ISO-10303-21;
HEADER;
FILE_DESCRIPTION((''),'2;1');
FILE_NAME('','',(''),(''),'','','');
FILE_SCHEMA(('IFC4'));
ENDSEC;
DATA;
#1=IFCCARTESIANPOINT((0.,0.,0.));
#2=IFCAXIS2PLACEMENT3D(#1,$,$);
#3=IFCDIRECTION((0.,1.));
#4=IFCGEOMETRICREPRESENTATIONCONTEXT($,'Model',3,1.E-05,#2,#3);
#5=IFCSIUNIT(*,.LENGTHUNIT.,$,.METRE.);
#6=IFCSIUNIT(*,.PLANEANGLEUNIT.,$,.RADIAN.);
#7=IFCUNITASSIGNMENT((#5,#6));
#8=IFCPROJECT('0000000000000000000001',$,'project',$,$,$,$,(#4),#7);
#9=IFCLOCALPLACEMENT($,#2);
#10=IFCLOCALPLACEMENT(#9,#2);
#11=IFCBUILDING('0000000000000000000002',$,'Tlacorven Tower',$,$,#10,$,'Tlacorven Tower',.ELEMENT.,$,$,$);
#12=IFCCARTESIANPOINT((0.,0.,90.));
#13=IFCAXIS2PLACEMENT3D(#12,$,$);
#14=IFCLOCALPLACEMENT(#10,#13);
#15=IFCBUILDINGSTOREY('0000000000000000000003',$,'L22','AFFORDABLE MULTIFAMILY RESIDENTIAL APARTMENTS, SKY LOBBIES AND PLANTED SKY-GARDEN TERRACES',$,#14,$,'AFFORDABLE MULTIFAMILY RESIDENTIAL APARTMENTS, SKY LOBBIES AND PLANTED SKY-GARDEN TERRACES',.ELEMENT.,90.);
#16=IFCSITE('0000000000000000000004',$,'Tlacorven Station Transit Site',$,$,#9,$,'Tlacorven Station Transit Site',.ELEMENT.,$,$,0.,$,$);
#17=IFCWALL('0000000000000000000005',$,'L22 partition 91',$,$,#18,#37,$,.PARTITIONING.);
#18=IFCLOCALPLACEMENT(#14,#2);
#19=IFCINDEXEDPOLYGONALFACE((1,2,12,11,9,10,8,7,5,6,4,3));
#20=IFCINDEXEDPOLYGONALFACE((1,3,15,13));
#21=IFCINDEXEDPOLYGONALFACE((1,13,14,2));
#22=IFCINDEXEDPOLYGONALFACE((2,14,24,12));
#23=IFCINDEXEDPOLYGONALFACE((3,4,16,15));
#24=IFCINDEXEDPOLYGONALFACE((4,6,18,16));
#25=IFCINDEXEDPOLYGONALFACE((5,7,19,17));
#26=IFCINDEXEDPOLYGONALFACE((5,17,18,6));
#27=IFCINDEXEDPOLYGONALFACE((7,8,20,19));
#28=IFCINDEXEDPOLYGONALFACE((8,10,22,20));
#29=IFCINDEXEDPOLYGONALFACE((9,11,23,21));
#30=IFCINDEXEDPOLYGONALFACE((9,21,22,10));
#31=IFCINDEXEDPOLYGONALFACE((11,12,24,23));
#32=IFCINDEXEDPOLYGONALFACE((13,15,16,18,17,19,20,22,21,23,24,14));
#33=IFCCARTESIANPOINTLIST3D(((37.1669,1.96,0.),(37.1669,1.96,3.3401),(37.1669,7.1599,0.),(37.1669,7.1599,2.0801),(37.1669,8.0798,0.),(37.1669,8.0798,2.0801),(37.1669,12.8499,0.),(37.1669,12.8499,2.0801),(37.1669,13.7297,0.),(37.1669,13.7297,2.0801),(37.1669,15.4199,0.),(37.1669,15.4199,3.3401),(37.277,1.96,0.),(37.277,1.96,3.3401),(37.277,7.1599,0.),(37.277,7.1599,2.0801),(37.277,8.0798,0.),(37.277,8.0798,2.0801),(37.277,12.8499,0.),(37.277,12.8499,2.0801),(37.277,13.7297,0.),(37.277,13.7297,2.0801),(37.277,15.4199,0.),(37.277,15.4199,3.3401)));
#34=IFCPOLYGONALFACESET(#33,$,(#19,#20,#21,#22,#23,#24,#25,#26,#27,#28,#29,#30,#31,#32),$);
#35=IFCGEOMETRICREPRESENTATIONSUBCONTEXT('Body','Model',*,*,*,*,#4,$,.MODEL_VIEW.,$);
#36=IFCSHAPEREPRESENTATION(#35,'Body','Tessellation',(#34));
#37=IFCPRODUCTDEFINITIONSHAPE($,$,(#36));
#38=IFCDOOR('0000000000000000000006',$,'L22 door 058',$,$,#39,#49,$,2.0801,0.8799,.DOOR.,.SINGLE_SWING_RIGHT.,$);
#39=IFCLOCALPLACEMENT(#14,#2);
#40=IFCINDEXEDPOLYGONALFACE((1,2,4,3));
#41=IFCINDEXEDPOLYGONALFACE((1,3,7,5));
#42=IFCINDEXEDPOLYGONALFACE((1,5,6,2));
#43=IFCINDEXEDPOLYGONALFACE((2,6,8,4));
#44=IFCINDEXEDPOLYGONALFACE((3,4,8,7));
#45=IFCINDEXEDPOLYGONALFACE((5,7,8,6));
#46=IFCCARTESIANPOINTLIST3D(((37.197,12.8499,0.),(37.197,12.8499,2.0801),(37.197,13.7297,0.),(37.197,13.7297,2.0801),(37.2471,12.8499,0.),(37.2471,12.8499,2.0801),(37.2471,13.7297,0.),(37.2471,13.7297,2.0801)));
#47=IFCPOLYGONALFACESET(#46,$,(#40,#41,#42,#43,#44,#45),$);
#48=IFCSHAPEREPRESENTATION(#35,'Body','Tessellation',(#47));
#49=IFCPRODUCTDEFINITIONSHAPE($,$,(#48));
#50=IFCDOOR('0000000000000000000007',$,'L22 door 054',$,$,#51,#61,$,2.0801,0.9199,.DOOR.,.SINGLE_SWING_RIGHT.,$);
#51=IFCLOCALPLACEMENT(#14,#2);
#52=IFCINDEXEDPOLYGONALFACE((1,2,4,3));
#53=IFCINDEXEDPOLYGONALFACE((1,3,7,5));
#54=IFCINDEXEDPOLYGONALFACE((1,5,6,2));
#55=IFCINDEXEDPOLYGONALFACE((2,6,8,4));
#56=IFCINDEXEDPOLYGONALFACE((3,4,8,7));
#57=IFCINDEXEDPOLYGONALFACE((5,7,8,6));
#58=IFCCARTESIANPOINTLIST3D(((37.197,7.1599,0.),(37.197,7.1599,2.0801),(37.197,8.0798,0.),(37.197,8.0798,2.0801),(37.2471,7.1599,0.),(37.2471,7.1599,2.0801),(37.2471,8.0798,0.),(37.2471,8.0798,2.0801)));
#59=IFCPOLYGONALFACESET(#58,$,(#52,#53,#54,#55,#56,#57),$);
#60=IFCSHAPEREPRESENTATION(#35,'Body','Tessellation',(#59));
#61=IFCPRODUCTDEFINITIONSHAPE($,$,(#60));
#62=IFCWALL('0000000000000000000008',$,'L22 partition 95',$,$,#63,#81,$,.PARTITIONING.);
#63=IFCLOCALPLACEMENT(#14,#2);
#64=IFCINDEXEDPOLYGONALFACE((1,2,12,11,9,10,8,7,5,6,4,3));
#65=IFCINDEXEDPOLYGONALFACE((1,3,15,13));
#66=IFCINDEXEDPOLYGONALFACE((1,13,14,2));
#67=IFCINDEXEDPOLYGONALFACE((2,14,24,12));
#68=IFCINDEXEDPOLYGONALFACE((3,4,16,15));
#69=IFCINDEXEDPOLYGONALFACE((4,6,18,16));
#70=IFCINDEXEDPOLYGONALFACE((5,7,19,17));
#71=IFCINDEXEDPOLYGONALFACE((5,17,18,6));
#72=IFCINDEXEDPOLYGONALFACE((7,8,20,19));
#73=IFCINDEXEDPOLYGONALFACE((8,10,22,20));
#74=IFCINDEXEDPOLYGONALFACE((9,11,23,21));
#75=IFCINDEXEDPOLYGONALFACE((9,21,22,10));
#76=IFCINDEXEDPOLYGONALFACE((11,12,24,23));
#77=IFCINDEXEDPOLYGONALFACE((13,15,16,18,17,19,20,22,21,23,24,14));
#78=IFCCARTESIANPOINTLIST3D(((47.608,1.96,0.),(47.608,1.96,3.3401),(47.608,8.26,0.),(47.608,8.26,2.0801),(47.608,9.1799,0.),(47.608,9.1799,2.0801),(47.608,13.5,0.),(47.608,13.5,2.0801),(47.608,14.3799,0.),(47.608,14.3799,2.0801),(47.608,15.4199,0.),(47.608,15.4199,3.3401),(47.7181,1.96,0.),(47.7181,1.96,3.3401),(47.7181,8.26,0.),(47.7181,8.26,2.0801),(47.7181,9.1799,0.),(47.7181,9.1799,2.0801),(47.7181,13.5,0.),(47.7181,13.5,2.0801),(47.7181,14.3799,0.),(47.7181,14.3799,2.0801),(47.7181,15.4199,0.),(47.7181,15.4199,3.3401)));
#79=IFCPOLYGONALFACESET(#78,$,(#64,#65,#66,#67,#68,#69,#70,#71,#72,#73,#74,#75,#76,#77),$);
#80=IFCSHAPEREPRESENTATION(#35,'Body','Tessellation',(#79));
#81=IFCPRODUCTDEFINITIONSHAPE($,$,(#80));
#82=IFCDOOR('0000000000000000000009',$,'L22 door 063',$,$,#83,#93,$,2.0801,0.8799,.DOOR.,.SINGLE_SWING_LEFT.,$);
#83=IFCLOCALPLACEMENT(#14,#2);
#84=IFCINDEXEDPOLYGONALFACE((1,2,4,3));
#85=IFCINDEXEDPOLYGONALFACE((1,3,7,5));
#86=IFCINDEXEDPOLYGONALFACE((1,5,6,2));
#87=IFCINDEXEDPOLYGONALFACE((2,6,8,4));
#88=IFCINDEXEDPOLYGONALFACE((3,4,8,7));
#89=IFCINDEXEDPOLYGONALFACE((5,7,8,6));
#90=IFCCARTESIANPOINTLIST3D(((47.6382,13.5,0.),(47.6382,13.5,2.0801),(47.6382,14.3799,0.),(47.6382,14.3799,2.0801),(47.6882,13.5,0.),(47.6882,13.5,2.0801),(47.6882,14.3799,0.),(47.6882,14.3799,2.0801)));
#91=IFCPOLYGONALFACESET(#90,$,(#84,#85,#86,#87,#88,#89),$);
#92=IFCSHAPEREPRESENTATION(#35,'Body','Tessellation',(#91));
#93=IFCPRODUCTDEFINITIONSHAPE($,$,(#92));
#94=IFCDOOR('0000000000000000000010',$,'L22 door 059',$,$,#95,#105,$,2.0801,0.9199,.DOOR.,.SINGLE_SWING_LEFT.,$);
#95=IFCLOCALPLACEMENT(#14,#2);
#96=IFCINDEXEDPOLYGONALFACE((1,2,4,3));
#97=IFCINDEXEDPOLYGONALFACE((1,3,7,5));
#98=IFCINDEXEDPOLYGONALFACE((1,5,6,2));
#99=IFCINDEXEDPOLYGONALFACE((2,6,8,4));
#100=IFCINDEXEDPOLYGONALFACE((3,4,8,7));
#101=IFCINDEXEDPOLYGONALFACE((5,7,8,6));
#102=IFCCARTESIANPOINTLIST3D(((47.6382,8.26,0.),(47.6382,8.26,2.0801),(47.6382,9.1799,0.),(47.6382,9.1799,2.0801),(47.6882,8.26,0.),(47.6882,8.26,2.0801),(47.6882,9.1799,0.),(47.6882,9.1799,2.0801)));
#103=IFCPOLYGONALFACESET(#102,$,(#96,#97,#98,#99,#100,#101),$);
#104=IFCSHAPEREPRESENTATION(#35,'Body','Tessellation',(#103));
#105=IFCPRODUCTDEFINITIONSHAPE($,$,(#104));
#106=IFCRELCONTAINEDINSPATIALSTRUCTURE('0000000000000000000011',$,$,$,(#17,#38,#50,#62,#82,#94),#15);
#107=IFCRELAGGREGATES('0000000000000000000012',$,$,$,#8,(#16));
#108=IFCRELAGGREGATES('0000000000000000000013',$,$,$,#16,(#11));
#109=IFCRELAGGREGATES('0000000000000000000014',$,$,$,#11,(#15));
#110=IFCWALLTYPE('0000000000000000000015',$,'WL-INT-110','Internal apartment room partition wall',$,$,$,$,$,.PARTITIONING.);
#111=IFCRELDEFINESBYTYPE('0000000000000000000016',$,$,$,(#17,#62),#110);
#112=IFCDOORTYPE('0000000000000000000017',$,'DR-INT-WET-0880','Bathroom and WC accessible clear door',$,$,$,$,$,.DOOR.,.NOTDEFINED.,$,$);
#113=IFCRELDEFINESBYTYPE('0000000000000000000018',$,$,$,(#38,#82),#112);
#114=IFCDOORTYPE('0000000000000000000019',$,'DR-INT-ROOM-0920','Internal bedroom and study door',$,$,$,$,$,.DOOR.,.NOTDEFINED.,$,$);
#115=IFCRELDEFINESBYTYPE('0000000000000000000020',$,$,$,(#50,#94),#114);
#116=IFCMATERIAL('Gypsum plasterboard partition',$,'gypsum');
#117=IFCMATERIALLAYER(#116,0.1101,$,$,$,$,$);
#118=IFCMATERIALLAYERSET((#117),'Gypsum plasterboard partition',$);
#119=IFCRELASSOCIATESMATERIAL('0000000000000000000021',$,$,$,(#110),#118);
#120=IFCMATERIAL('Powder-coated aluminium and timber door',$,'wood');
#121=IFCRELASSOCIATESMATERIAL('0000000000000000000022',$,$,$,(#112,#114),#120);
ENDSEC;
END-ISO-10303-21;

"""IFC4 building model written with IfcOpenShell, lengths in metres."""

from ifc_helpers import new_model, si_unit, direction, frame, frame_2d, origin, place, context, subcontext, project, spatial, rectangle, extrude, source, transform, mapped, material, layer, layer_set, type_object, element, fill, save


model = new_model("IFC4")

# Units and contexts
model_context = context("Model", 3, precision=1e-05, world=origin(), true_north=direction((0.0, 1.0)))
body_context = subcontext(model_context, "Body", "Model", "MODEL_VIEW")
ifc_project = project(units=[si_unit("LENGTHUNIT", "METRE"), si_unit("PLANEANGLEUNIT", "RADIAN")], contexts=[model_context])

# Site, building, storey
site_placement = place(None, origin())
site = spatial("IfcSite", under=ifc_project, at=site_placement, Name="Tlacorven Station Transit Site", LongName="Tlacorven Station Transit Site", CompositionType="ELEMENT", RefElevation=0.0)
building_placement = place(site_placement, origin())
building = spatial("IfcBuilding", under=site, at=building_placement, Name="Tlacorven Tower", LongName="Tlacorven Tower", CompositionType="ELEMENT")
storey_placement = place(building_placement, frame((0.0, 0.0, 90.0)))
storey = spatial("IfcBuildingStorey", under=building, at=storey_placement, Name="L22", Description="AFFORDABLE MULTIFAMILY RESIDENTIAL APARTMENTS, SKY LOBBIES AND PLANTED SKY-GARDEN TERRACES", LongName="AFFORDABLE MULTIFAMILY RESIDENTIAL APARTMENTS, SKY LOBBIES AND PLANTED SKY-GARDEN TERRACES", CompositionType="ELEMENT", Elevation=90.0)

# Walls, openings, doors
ifc_material_1 = material(Name="Gypsum plasterboard partition", Category="gypsum")
ifc_layer_1 = layer(ifc_material_1, 0.1101)
ifc_layer_set_1 = layer_set([ifc_layer_1], Name="Gypsum plasterboard partition")
wall_type_1 = type_object("IfcWallType", Name="WL-INT-110", Description="Internal apartment room partition wall", PredefinedType="PARTITIONING", material=ifc_layer_set_1)
wall_1_placement = place(storey_placement, frame((37.2219, 1.96, 0.0), z_axis=(0.0, 0.0, 1.0), x_axis=(0.0, 1.0, 0.0)))
wall_1 = element("IfcWall", 1, at=wall_1_placement, inside=storey, type_object=wall_type_1, Name="L22 partition 91", PredefinedType="PARTITIONING", context=body_context, shape_type="SweptSolid", body=[
    extrude(rectangle(XDim=13.46, YDim=0.1101, at=frame_2d((6.73, 0.0))), origin(), (0.0, 0.0, 1.0), 3.3401),
])
opening_1_placement = place(wall_1_placement, frame((5.2, 0.0, 0.0)))
opening_1 = element("IfcOpeningElement", 2, at=opening_1_placement, cuts=wall_1, PredefinedType="OPENING", context=body_context, shape_type="SweptSolid", body=[
    extrude(rectangle(XDim=0.9199, YDim=2.0801, at=frame_2d((0.46, 1.04))), frame((0.0, 0.0649, 0.0), z_axis=(0.0, -1.0, 0.0), x_axis=(1.0, 0.0, 0.0)), (0.0, 0.0, 1.0), 0.1301),
])
opening_2_placement = place(wall_1_placement, frame((10.8899, 0.0, 0.0)))
opening_2 = element("IfcOpeningElement", 3, at=opening_2_placement, cuts=wall_1, PredefinedType="OPENING", context=body_context, shape_type="SweptSolid", body=[
    extrude(rectangle(XDim=0.8799, YDim=2.0801, at=frame_2d((0.4399, 1.04))), frame((0.0, 0.0649, 0.0), z_axis=(0.0, -1.0, 0.0), x_axis=(1.0, 0.0, 0.0)), (0.0, 0.0, 1.0), 0.1301),
])
ifc_material_2 = material(Name="Powder-coated aluminium and timber door", Category="wood")
door_type_1 = type_object("IfcDoorType", Name="DR-INT-WET-0880", Description="Bathroom and WC accessible clear door", OperationType="NOTDEFINED", PredefinedType="DOOR", material=ifc_material_2)
shared_shape_1 = source(origin(), body_context, "Body", "SweptSolid", [
    extrude(rectangle(XDim=0.8799, YDim=2.0801, at=frame_2d((0.4399, 1.04))), frame((0.0, 0.0249, 0.0), z_axis=(0.0, -1.0, 0.0), x_axis=(1.0, 0.0, 0.0)), (0.0, 0.0, 1.0), 0.05),
])
door_1_placement = place(opening_2_placement, origin())
door_1 = element("IfcDoor", 4, at=door_1_placement, inside=storey, type_object=door_type_1, Name="L22 door 058", OperationType="SINGLE_SWING_RIGHT", OverallHeight=2.0801, OverallWidth=0.8799, PredefinedType="DOOR", context=body_context, shape_type="MappedRepresentation", body=[
    mapped(shared_shape_1, transform((0.0, 0.0, 0.0), scale=1.0)),
])
fill(opening_2, door_1)
door_type_2 = type_object("IfcDoorType", Name="DR-INT-ROOM-0920", Description="Internal bedroom and study door", OperationType="NOTDEFINED", PredefinedType="DOOR", material=ifc_material_2)
shared_shape_2 = source(origin(), body_context, "Body", "SweptSolid", [
    extrude(rectangle(XDim=0.9199, YDim=2.0801, at=frame_2d((0.46, 1.04))), frame((0.0, 0.0249, 0.0), z_axis=(0.0, -1.0, 0.0), x_axis=(1.0, 0.0, 0.0)), (0.0, 0.0, 1.0), 0.05),
])
door_2_placement = place(opening_1_placement, origin())
door_2 = element("IfcDoor", 5, at=door_2_placement, inside=storey, type_object=door_type_2, Name="L22 door 054", OperationType="SINGLE_SWING_RIGHT", OverallHeight=2.0801, OverallWidth=0.9199, PredefinedType="DOOR", context=body_context, shape_type="MappedRepresentation", body=[
    mapped(shared_shape_2, transform((0.0, 0.0, 0.0), scale=1.0)),
])
fill(opening_1, door_2)
wall_2_placement = place(storey_placement, frame((47.6631, 1.96, 0.0), z_axis=(0.0, 0.0, 1.0), x_axis=(0.0, 1.0, 0.0)))
wall_2 = element("IfcWall", 6, at=wall_2_placement, inside=storey, type_object=wall_type_1, Name="L22 partition 95", PredefinedType="PARTITIONING", context=body_context, shape_type="SweptSolid", body=[
    extrude(rectangle(XDim=13.46, YDim=0.1101, at=frame_2d((6.73, 0.0))), origin(), (0.0, 0.0, 1.0), 3.3401),
])
opening_3_placement = place(wall_2_placement, frame((6.3, 0.0, 0.0)))
opening_3 = element("IfcOpeningElement", 7, at=opening_3_placement, cuts=wall_2, PredefinedType="OPENING", context=body_context, shape_type="SweptSolid", body=[
    extrude(rectangle(XDim=0.9199, YDim=2.0801, at=frame_2d((0.46, 1.04))), frame((0.0, 0.0649, 0.0), z_axis=(0.0, -1.0, 0.0), x_axis=(1.0, 0.0, 0.0)), (0.0, 0.0, 1.0), 0.1301),
])
opening_4_placement = place(wall_2_placement, frame((11.54, 0.0, 0.0)))
opening_4 = element("IfcOpeningElement", 8, at=opening_4_placement, cuts=wall_2, PredefinedType="OPENING", context=body_context, shape_type="SweptSolid", body=[
    extrude(rectangle(XDim=0.8799, YDim=2.0801, at=frame_2d((0.4399, 1.04))), frame((0.0, 0.0649, 0.0), z_axis=(0.0, -1.0, 0.0), x_axis=(1.0, 0.0, 0.0)), (0.0, 0.0, 1.0), 0.1301),
])
door_3_placement = place(opening_4_placement, origin())
door_3 = element("IfcDoor", 9, at=door_3_placement, inside=storey, type_object=door_type_1, Name="L22 door 063", OperationType="SINGLE_SWING_LEFT", OverallHeight=2.0801, OverallWidth=0.8799, PredefinedType="DOOR", context=body_context, shape_type="MappedRepresentation", body=[
    mapped(shared_shape_1, transform((0.0, 0.0, 0.0), scale=1.0)),
])
fill(opening_4, door_3)
door_4_placement = place(opening_3_placement, origin())
door_4 = element("IfcDoor", 10, at=door_4_placement, inside=storey, type_object=door_type_2, Name="L22 door 059", OperationType="SINGLE_SWING_LEFT", OverallHeight=2.0801, OverallWidth=0.9199, PredefinedType="DOOR", context=body_context, shape_type="MappedRepresentation", body=[
    mapped(shared_shape_2, transform((0.0, 0.0, 0.0), scale=1.0)),
])
fill(opening_3, door_4)

save(model, "model.ifc")
